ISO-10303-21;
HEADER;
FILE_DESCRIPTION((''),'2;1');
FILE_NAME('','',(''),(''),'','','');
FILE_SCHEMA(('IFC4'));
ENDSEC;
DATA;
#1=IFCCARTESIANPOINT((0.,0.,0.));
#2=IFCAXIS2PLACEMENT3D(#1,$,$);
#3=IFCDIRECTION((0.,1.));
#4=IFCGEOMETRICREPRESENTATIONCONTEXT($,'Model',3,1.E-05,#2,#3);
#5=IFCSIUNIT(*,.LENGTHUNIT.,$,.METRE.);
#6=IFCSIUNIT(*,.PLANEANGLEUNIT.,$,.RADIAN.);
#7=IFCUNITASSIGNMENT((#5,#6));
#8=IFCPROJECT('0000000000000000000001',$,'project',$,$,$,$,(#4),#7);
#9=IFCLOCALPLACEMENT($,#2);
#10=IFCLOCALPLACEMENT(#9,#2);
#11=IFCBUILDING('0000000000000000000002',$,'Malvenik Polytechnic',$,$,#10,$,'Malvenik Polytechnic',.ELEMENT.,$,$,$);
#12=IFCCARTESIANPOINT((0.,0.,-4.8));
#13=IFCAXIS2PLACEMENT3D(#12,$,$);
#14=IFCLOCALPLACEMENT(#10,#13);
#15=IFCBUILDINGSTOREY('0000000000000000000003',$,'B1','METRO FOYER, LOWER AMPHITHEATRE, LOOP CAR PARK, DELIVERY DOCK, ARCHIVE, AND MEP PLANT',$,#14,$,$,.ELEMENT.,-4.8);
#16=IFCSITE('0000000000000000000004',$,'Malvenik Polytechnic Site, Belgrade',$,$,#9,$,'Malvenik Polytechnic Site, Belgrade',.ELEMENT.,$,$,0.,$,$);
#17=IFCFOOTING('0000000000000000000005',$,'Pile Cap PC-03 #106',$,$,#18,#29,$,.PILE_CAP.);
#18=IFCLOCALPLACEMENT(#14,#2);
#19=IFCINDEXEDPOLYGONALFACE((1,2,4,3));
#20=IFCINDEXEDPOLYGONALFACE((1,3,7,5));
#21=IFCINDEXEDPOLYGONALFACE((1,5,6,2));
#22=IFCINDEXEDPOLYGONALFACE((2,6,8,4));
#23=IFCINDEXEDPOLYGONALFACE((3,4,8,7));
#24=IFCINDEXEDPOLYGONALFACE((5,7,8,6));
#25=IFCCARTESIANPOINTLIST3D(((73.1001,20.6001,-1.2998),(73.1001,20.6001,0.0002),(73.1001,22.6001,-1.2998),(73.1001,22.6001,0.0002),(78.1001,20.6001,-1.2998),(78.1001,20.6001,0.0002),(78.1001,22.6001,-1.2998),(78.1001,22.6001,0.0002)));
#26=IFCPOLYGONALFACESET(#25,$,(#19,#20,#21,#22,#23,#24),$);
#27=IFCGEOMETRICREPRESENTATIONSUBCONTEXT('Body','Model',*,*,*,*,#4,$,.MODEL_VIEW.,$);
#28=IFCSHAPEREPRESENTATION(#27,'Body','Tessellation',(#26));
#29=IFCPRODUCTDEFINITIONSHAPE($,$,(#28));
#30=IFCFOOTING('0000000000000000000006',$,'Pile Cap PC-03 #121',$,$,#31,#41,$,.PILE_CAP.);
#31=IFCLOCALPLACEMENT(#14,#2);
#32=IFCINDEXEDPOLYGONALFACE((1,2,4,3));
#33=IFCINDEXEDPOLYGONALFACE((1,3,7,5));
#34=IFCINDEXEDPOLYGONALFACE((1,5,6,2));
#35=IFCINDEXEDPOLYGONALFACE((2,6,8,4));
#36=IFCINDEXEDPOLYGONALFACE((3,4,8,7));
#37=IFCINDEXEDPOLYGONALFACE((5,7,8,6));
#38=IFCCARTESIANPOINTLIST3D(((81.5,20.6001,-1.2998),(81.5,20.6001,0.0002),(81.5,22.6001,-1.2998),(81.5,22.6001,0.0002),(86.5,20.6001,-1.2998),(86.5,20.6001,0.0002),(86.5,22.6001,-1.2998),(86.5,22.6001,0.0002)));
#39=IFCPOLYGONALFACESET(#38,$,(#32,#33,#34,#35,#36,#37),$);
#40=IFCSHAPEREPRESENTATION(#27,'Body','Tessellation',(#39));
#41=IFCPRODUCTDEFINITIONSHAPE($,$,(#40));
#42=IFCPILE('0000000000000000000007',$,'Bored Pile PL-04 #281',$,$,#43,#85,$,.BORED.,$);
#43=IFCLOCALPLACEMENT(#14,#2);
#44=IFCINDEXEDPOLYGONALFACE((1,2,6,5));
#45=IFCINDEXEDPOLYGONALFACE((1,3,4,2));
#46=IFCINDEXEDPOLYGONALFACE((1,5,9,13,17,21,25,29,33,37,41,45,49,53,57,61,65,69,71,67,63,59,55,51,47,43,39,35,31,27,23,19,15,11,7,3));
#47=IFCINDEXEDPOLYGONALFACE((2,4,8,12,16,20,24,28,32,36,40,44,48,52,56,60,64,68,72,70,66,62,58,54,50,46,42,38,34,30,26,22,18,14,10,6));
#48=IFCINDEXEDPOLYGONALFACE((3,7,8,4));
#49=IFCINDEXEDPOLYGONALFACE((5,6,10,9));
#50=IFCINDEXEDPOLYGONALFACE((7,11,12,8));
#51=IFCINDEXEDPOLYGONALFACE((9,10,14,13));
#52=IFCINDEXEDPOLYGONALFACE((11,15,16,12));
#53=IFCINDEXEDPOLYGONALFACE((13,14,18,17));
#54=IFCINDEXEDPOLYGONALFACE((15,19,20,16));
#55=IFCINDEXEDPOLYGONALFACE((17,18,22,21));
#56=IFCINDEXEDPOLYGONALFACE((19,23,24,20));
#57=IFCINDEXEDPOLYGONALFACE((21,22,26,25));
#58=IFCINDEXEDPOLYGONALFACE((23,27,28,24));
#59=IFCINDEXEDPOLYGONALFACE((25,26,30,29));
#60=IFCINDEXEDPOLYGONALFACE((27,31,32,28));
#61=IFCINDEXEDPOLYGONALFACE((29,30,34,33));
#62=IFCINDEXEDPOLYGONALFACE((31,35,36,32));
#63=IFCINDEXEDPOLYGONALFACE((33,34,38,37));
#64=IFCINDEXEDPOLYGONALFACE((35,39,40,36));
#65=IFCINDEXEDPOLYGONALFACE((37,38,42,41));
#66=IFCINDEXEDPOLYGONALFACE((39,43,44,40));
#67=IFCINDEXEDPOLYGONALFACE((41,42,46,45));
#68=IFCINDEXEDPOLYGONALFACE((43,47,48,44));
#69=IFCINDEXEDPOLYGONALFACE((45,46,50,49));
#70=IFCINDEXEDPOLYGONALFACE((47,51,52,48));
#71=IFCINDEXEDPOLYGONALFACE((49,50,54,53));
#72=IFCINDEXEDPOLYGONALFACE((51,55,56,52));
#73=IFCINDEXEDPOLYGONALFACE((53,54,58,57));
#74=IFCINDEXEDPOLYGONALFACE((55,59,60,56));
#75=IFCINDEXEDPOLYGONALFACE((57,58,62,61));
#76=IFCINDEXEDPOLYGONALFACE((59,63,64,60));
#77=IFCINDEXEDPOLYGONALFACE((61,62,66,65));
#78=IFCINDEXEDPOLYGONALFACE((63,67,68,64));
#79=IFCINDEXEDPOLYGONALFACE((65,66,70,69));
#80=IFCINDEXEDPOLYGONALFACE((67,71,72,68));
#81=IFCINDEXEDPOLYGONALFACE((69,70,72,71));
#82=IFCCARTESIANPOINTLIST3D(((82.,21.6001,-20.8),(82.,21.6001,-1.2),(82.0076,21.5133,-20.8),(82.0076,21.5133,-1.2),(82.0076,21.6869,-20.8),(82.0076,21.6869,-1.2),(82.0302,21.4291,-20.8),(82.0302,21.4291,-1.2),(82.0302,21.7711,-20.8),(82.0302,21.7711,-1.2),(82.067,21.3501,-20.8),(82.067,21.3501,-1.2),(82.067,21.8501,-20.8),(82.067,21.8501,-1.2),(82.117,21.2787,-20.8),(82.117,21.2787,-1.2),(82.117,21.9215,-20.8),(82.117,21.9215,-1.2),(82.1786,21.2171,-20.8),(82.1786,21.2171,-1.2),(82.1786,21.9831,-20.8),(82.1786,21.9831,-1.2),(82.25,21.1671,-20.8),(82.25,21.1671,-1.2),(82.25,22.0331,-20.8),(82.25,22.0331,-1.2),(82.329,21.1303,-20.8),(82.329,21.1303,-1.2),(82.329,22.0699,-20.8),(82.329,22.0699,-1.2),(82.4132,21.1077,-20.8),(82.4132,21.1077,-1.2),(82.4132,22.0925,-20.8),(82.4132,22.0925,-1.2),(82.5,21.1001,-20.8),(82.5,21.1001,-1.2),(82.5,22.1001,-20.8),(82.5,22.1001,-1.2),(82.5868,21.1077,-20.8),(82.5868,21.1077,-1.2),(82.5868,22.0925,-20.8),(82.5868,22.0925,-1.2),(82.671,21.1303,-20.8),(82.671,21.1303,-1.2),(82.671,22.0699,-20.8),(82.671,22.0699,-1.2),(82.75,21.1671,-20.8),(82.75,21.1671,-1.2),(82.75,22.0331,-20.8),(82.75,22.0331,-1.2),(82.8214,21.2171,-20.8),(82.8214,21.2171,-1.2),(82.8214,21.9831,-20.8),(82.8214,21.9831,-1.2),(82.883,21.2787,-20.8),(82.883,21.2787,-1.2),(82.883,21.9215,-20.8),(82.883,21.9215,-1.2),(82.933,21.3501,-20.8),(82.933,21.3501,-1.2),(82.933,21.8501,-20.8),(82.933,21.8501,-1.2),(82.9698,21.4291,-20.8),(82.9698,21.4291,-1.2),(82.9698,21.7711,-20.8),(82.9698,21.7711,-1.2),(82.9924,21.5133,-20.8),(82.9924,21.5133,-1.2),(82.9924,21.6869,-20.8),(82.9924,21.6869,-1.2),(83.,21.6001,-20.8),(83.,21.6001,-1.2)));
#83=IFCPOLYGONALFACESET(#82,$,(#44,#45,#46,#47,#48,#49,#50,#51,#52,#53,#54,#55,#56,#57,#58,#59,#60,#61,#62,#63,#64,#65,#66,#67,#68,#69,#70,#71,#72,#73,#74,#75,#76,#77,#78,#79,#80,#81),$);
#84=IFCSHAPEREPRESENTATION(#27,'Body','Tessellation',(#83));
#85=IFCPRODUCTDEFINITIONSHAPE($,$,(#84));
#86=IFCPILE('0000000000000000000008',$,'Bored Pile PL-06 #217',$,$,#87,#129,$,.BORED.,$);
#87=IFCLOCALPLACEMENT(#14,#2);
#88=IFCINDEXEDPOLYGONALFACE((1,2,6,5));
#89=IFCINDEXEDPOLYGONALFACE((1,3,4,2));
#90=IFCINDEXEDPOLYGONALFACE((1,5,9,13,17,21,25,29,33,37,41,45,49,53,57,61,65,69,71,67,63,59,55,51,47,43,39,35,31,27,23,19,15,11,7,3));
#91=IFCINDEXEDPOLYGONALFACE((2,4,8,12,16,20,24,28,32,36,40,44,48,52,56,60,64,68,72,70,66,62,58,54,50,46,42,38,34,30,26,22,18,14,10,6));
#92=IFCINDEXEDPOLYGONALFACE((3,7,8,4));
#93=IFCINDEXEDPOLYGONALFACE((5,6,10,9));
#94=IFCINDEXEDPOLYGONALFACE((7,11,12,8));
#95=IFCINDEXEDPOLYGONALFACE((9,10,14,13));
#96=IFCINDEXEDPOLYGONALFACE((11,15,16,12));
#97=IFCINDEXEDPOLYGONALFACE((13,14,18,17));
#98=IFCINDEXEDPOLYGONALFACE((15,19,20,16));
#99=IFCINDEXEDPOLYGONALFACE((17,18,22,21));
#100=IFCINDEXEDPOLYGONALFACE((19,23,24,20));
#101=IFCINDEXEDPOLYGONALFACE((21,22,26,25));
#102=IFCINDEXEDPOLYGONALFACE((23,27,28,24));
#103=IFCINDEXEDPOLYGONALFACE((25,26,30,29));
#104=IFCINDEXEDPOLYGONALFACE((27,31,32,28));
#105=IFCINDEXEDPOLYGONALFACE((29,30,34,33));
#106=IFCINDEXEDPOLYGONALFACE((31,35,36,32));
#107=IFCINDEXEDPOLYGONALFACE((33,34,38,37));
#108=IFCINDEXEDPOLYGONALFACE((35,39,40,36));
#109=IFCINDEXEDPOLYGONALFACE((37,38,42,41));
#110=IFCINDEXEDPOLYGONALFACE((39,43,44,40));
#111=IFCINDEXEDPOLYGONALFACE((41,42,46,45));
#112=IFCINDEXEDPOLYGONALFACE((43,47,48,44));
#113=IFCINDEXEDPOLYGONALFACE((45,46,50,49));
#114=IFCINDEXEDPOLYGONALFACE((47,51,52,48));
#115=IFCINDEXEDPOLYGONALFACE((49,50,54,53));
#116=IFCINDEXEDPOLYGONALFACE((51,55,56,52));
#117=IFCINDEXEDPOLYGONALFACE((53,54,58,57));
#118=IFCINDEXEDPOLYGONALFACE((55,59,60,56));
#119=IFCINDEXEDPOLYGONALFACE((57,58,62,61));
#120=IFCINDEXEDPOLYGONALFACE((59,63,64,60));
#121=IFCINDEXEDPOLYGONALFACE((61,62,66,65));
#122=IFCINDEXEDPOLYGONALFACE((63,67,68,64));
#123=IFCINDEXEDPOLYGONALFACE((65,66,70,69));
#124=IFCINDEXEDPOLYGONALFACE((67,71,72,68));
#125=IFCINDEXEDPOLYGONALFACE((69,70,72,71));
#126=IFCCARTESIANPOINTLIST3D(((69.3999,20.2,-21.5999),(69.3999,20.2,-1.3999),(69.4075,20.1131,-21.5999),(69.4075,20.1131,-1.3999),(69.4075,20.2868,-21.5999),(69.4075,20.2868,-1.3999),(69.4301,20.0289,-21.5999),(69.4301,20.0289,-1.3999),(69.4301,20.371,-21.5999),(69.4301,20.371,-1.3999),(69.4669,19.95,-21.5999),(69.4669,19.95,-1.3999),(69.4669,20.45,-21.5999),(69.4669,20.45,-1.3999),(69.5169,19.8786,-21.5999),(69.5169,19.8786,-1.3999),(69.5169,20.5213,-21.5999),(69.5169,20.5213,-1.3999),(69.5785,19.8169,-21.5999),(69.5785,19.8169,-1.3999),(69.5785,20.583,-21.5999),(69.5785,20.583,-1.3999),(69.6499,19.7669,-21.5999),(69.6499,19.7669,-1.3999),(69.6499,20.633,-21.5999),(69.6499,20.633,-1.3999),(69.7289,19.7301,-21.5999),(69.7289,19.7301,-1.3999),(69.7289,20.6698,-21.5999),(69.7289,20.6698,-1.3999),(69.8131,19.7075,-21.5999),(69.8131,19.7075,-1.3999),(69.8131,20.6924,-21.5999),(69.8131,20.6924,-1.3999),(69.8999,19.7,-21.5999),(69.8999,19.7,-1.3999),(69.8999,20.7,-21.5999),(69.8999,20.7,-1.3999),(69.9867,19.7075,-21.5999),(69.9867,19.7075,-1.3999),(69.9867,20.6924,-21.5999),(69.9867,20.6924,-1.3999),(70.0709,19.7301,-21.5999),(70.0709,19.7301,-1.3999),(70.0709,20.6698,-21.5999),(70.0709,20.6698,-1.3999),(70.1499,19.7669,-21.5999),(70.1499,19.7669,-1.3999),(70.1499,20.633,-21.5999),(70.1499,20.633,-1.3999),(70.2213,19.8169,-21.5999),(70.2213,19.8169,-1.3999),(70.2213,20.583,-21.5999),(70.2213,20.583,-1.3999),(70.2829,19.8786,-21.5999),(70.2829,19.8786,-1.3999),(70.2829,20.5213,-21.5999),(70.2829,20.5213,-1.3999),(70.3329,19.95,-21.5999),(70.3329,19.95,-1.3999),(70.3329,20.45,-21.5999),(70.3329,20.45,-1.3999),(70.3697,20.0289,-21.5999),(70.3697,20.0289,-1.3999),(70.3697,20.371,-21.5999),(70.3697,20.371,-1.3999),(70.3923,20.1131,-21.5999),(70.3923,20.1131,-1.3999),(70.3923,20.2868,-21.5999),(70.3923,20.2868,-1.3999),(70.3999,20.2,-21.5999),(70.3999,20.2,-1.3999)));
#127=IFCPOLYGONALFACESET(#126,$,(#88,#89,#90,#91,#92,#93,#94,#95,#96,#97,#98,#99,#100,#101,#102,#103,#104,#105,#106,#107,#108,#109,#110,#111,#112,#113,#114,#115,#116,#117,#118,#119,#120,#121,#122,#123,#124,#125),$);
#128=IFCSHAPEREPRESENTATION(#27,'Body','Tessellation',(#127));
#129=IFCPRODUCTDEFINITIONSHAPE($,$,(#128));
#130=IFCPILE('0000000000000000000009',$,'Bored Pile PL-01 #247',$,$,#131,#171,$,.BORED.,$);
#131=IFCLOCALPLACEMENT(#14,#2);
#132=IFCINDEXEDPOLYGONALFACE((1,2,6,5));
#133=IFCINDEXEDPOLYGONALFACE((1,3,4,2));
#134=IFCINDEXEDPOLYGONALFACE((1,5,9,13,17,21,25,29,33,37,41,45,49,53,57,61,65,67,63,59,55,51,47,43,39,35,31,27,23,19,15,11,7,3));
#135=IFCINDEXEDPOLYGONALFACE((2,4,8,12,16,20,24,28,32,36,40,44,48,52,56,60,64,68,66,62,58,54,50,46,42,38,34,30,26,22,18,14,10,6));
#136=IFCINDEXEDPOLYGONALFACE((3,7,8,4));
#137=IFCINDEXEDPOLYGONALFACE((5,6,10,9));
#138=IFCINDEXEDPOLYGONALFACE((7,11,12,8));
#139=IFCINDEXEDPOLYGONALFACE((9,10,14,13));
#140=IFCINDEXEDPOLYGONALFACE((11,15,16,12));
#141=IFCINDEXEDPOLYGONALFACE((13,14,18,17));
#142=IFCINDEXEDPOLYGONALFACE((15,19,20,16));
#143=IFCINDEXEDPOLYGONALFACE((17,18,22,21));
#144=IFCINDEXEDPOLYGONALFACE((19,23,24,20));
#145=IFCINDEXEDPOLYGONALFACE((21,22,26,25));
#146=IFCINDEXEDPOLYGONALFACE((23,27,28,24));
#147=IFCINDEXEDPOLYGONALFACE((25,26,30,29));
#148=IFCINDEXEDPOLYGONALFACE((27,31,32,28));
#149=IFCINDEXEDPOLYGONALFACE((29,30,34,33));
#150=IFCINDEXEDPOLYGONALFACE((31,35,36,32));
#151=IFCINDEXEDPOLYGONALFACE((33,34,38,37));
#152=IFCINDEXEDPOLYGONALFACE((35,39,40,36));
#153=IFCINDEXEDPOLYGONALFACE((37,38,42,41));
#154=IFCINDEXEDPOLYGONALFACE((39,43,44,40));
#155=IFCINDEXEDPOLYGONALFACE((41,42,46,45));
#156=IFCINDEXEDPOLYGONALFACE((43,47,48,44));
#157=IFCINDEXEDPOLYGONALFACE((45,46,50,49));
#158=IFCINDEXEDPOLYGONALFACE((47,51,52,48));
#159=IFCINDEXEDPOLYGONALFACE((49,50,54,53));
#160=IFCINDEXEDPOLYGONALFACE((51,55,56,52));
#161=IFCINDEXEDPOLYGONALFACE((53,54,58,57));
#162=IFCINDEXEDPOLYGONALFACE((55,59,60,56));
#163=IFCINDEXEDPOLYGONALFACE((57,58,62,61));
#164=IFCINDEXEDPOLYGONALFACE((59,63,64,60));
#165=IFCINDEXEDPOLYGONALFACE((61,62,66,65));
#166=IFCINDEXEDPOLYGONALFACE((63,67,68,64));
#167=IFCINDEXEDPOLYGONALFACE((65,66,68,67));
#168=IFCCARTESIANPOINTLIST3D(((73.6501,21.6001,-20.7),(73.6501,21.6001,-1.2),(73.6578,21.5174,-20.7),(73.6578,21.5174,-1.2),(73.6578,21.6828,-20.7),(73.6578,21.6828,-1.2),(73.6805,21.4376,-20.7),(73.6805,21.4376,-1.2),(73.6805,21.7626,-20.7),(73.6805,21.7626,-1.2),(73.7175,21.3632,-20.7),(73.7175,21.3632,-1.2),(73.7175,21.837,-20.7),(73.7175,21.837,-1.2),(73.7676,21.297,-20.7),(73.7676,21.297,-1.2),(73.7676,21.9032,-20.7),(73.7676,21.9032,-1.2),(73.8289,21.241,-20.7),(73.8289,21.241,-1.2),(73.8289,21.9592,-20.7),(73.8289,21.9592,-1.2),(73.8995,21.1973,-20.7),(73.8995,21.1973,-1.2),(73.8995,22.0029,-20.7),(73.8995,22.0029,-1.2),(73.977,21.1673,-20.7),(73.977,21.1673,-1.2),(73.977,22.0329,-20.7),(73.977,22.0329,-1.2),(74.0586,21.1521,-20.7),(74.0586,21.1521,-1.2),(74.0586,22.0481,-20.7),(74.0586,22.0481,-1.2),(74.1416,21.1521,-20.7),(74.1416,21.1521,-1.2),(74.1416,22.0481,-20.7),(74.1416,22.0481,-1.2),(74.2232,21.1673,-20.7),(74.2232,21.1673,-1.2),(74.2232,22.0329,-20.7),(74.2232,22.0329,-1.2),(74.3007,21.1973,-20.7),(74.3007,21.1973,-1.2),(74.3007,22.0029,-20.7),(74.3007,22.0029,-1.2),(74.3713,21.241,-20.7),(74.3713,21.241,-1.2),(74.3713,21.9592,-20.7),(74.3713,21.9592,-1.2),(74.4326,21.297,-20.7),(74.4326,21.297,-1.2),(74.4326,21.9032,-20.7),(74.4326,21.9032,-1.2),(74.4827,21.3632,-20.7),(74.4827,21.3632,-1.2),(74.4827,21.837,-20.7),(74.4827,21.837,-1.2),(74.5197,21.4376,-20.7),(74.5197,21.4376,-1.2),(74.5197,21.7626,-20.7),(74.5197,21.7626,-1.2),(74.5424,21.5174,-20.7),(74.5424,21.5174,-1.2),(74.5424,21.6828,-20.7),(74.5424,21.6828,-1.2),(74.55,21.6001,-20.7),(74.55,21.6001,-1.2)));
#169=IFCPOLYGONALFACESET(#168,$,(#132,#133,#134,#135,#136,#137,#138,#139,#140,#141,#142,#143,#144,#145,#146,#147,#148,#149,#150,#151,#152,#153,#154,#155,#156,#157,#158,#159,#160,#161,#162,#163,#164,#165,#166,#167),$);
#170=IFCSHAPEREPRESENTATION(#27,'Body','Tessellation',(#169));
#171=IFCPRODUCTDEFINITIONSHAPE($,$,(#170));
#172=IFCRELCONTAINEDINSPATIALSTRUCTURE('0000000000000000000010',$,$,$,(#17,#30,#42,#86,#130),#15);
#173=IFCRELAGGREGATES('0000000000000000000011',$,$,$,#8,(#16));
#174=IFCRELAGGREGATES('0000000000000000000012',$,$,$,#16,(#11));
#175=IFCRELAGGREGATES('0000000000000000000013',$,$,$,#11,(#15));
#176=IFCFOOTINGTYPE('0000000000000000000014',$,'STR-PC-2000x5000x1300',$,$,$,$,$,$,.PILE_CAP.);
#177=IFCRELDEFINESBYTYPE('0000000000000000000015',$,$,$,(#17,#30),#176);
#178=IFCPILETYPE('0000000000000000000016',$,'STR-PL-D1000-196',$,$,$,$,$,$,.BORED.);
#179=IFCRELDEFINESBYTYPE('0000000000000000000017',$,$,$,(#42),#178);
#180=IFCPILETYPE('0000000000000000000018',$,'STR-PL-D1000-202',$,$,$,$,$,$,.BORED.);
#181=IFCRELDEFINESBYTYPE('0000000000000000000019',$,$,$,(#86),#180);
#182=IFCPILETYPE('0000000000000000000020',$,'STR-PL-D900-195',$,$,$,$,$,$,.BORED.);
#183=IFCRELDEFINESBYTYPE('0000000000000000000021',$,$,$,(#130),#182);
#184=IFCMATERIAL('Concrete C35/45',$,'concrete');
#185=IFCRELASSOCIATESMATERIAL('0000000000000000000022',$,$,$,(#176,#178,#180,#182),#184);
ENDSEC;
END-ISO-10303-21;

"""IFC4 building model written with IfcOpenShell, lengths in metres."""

from ifc_helpers import new_model, si_unit, direction, frame, origin, origin_2d, place, context, subcontext, project, spatial, rectangle, circle, extrude, material, material_profile, profile_set, type_object, element, save


model = new_model("IFC4")

# Units and contexts
model_context = context("Model", 3, precision=1e-05, world=origin(), true_north=direction((0.0, 1.0)))
body_context = subcontext(model_context, "Body", "Model", "MODEL_VIEW")
ifc_project = project(units=[si_unit("LENGTHUNIT", "METRE"), si_unit("PLANEANGLEUNIT", "RADIAN")], contexts=[model_context])

# Site, building, storey
site_placement = place(None, origin())
site = spatial("IfcSite", under=ifc_project, at=site_placement, Name="Malvenik Polytechnic Site, Belgrade", LongName="Malvenik Polytechnic Site, Belgrade", CompositionType="ELEMENT", RefElevation=0.0)
building_placement = place(site_placement, origin())
building = spatial("IfcBuilding", under=site, at=building_placement, Name="Malvenik Polytechnic", LongName="Malvenik Polytechnic", CompositionType="ELEMENT")
storey_placement = place(building_placement, frame((0.0, 0.0, -4.8)))
storey = spatial("IfcBuildingStorey", under=building, at=storey_placement, Name="B1", Description="METRO FOYER, LOWER AMPHITHEATRE, LOOP CAR PARK, DELIVERY DOCK, ARCHIVE, AND MEP PLANT", CompositionType="ELEMENT", Elevation=-4.8)

# Footings
ifc_material_1 = material(Name="Concrete C35/45", Category="concrete")
footing_type = type_object("IfcFootingType", Name="STR-PC-2000x5000x1300", PredefinedType="PILE_CAP", material=ifc_material_1)
for number, where, z_axis, x_axis, name in (
    (1, (75.6001, 21.6001, -1.2998), (0.0, 0.0, 1.0), (1.0, 0.0, 0.0), "Pile Cap PC-03 #106"),
    (2, (84.0, 21.6001, -1.2998), (0.0, 0.0, 1.0), (1.0, 0.0, 0.0), "Pile Cap PC-03 #121"),
):
    element("IfcFooting", number, at=place(storey_placement, frame(where, z_axis=z_axis, x_axis=x_axis)), inside=storey, type_object=footing_type, Name=name, PredefinedType="PILE_CAP", context=body_context, shape_type="SweptSolid", body=[
        extrude(rectangle(XDim=5.0, YDim=2.0, at=origin_2d()), origin(), (0.0, 0.0, 1.0), 1.3),
    ])

# Piles
ifc_material_profile_1 = material_profile(ifc_material_1, circle(Radius=0.5, at=origin_2d()), Name="BORED PILE D1000")
ifc_profile_set_1 = profile_set([ifc_material_profile_1], Name="Concrete C35/45")
pile_type_1 = type_object("IfcPileType", Name="STR-PL-D1000-196", PredefinedType="BORED", material=ifc_profile_set_1)
pile_1_placement = place(storey_placement, frame((82.5, 21.6001, -1.2), z_axis=(0.0, 0.0, -1.0), x_axis=(1.0, 0.0, 0.0)))
element("IfcPile", 3, at=pile_1_placement, inside=storey, type_object=pile_type_1, Name="Bored Pile PL-04 #281", PredefinedType="BORED", context=body_context, shape_type="SweptSolid", body=[
    extrude(circle(Radius=0.5, at=origin_2d()), origin(), (0.0, 0.0, 1.0), 19.6001),
])
ifc_material_profile_2 = material_profile(ifc_material_1, circle(Radius=0.5, at=origin_2d()), Name="BORED PILE D1000")
ifc_profile_set_2 = profile_set([ifc_material_profile_2], Name="Concrete C35/45")
pile_type_2 = type_object("IfcPileType", Name="STR-PL-D1000-202", PredefinedType="BORED", material=ifc_profile_set_2)
pile_2_placement = place(storey_placement, frame((69.8999, 20.2, -1.3999), z_axis=(0.0, 0.0, -1.0), x_axis=(1.0, 0.0, 0.0)))
element("IfcPile", 4, at=pile_2_placement, inside=storey, type_object=pile_type_2, Name="Bored Pile PL-06 #217", PredefinedType="BORED", context=body_context, shape_type="SweptSolid", body=[
    extrude(circle(Radius=0.5, at=origin_2d()), origin(), (0.0, 0.0, 1.0), 20.2),
])
ifc_material_profile_3 = material_profile(ifc_material_1, circle(Radius=0.45, at=origin_2d()), Name="BORED PILE D900")
ifc_profile_set_3 = profile_set([ifc_material_profile_3], Name="Concrete C35/45")
pile_type_3 = type_object("IfcPileType", Name="STR-PL-D900-195", PredefinedType="BORED", material=ifc_profile_set_3)
for number, where, z_axis, x_axis, name in (
    (5, (74.1001, 21.6001, -1.2), (0.0, 0.0, -1.0), (1.0, 0.0, 0.0), "Bored Pile PL-01 #247"),
):
    element("IfcPile", number, at=place(storey_placement, frame(where, z_axis=z_axis, x_axis=x_axis)), inside=storey, type_object=pile_type_3, Name=name, PredefinedType="BORED", context=body_context, shape_type="SweptSolid", body=[
        extrude(circle(Radius=0.45, at=origin_2d()), origin(), (0.0, 0.0, 1.0), 19.5),
    ])

save(model, "model.ifc")
